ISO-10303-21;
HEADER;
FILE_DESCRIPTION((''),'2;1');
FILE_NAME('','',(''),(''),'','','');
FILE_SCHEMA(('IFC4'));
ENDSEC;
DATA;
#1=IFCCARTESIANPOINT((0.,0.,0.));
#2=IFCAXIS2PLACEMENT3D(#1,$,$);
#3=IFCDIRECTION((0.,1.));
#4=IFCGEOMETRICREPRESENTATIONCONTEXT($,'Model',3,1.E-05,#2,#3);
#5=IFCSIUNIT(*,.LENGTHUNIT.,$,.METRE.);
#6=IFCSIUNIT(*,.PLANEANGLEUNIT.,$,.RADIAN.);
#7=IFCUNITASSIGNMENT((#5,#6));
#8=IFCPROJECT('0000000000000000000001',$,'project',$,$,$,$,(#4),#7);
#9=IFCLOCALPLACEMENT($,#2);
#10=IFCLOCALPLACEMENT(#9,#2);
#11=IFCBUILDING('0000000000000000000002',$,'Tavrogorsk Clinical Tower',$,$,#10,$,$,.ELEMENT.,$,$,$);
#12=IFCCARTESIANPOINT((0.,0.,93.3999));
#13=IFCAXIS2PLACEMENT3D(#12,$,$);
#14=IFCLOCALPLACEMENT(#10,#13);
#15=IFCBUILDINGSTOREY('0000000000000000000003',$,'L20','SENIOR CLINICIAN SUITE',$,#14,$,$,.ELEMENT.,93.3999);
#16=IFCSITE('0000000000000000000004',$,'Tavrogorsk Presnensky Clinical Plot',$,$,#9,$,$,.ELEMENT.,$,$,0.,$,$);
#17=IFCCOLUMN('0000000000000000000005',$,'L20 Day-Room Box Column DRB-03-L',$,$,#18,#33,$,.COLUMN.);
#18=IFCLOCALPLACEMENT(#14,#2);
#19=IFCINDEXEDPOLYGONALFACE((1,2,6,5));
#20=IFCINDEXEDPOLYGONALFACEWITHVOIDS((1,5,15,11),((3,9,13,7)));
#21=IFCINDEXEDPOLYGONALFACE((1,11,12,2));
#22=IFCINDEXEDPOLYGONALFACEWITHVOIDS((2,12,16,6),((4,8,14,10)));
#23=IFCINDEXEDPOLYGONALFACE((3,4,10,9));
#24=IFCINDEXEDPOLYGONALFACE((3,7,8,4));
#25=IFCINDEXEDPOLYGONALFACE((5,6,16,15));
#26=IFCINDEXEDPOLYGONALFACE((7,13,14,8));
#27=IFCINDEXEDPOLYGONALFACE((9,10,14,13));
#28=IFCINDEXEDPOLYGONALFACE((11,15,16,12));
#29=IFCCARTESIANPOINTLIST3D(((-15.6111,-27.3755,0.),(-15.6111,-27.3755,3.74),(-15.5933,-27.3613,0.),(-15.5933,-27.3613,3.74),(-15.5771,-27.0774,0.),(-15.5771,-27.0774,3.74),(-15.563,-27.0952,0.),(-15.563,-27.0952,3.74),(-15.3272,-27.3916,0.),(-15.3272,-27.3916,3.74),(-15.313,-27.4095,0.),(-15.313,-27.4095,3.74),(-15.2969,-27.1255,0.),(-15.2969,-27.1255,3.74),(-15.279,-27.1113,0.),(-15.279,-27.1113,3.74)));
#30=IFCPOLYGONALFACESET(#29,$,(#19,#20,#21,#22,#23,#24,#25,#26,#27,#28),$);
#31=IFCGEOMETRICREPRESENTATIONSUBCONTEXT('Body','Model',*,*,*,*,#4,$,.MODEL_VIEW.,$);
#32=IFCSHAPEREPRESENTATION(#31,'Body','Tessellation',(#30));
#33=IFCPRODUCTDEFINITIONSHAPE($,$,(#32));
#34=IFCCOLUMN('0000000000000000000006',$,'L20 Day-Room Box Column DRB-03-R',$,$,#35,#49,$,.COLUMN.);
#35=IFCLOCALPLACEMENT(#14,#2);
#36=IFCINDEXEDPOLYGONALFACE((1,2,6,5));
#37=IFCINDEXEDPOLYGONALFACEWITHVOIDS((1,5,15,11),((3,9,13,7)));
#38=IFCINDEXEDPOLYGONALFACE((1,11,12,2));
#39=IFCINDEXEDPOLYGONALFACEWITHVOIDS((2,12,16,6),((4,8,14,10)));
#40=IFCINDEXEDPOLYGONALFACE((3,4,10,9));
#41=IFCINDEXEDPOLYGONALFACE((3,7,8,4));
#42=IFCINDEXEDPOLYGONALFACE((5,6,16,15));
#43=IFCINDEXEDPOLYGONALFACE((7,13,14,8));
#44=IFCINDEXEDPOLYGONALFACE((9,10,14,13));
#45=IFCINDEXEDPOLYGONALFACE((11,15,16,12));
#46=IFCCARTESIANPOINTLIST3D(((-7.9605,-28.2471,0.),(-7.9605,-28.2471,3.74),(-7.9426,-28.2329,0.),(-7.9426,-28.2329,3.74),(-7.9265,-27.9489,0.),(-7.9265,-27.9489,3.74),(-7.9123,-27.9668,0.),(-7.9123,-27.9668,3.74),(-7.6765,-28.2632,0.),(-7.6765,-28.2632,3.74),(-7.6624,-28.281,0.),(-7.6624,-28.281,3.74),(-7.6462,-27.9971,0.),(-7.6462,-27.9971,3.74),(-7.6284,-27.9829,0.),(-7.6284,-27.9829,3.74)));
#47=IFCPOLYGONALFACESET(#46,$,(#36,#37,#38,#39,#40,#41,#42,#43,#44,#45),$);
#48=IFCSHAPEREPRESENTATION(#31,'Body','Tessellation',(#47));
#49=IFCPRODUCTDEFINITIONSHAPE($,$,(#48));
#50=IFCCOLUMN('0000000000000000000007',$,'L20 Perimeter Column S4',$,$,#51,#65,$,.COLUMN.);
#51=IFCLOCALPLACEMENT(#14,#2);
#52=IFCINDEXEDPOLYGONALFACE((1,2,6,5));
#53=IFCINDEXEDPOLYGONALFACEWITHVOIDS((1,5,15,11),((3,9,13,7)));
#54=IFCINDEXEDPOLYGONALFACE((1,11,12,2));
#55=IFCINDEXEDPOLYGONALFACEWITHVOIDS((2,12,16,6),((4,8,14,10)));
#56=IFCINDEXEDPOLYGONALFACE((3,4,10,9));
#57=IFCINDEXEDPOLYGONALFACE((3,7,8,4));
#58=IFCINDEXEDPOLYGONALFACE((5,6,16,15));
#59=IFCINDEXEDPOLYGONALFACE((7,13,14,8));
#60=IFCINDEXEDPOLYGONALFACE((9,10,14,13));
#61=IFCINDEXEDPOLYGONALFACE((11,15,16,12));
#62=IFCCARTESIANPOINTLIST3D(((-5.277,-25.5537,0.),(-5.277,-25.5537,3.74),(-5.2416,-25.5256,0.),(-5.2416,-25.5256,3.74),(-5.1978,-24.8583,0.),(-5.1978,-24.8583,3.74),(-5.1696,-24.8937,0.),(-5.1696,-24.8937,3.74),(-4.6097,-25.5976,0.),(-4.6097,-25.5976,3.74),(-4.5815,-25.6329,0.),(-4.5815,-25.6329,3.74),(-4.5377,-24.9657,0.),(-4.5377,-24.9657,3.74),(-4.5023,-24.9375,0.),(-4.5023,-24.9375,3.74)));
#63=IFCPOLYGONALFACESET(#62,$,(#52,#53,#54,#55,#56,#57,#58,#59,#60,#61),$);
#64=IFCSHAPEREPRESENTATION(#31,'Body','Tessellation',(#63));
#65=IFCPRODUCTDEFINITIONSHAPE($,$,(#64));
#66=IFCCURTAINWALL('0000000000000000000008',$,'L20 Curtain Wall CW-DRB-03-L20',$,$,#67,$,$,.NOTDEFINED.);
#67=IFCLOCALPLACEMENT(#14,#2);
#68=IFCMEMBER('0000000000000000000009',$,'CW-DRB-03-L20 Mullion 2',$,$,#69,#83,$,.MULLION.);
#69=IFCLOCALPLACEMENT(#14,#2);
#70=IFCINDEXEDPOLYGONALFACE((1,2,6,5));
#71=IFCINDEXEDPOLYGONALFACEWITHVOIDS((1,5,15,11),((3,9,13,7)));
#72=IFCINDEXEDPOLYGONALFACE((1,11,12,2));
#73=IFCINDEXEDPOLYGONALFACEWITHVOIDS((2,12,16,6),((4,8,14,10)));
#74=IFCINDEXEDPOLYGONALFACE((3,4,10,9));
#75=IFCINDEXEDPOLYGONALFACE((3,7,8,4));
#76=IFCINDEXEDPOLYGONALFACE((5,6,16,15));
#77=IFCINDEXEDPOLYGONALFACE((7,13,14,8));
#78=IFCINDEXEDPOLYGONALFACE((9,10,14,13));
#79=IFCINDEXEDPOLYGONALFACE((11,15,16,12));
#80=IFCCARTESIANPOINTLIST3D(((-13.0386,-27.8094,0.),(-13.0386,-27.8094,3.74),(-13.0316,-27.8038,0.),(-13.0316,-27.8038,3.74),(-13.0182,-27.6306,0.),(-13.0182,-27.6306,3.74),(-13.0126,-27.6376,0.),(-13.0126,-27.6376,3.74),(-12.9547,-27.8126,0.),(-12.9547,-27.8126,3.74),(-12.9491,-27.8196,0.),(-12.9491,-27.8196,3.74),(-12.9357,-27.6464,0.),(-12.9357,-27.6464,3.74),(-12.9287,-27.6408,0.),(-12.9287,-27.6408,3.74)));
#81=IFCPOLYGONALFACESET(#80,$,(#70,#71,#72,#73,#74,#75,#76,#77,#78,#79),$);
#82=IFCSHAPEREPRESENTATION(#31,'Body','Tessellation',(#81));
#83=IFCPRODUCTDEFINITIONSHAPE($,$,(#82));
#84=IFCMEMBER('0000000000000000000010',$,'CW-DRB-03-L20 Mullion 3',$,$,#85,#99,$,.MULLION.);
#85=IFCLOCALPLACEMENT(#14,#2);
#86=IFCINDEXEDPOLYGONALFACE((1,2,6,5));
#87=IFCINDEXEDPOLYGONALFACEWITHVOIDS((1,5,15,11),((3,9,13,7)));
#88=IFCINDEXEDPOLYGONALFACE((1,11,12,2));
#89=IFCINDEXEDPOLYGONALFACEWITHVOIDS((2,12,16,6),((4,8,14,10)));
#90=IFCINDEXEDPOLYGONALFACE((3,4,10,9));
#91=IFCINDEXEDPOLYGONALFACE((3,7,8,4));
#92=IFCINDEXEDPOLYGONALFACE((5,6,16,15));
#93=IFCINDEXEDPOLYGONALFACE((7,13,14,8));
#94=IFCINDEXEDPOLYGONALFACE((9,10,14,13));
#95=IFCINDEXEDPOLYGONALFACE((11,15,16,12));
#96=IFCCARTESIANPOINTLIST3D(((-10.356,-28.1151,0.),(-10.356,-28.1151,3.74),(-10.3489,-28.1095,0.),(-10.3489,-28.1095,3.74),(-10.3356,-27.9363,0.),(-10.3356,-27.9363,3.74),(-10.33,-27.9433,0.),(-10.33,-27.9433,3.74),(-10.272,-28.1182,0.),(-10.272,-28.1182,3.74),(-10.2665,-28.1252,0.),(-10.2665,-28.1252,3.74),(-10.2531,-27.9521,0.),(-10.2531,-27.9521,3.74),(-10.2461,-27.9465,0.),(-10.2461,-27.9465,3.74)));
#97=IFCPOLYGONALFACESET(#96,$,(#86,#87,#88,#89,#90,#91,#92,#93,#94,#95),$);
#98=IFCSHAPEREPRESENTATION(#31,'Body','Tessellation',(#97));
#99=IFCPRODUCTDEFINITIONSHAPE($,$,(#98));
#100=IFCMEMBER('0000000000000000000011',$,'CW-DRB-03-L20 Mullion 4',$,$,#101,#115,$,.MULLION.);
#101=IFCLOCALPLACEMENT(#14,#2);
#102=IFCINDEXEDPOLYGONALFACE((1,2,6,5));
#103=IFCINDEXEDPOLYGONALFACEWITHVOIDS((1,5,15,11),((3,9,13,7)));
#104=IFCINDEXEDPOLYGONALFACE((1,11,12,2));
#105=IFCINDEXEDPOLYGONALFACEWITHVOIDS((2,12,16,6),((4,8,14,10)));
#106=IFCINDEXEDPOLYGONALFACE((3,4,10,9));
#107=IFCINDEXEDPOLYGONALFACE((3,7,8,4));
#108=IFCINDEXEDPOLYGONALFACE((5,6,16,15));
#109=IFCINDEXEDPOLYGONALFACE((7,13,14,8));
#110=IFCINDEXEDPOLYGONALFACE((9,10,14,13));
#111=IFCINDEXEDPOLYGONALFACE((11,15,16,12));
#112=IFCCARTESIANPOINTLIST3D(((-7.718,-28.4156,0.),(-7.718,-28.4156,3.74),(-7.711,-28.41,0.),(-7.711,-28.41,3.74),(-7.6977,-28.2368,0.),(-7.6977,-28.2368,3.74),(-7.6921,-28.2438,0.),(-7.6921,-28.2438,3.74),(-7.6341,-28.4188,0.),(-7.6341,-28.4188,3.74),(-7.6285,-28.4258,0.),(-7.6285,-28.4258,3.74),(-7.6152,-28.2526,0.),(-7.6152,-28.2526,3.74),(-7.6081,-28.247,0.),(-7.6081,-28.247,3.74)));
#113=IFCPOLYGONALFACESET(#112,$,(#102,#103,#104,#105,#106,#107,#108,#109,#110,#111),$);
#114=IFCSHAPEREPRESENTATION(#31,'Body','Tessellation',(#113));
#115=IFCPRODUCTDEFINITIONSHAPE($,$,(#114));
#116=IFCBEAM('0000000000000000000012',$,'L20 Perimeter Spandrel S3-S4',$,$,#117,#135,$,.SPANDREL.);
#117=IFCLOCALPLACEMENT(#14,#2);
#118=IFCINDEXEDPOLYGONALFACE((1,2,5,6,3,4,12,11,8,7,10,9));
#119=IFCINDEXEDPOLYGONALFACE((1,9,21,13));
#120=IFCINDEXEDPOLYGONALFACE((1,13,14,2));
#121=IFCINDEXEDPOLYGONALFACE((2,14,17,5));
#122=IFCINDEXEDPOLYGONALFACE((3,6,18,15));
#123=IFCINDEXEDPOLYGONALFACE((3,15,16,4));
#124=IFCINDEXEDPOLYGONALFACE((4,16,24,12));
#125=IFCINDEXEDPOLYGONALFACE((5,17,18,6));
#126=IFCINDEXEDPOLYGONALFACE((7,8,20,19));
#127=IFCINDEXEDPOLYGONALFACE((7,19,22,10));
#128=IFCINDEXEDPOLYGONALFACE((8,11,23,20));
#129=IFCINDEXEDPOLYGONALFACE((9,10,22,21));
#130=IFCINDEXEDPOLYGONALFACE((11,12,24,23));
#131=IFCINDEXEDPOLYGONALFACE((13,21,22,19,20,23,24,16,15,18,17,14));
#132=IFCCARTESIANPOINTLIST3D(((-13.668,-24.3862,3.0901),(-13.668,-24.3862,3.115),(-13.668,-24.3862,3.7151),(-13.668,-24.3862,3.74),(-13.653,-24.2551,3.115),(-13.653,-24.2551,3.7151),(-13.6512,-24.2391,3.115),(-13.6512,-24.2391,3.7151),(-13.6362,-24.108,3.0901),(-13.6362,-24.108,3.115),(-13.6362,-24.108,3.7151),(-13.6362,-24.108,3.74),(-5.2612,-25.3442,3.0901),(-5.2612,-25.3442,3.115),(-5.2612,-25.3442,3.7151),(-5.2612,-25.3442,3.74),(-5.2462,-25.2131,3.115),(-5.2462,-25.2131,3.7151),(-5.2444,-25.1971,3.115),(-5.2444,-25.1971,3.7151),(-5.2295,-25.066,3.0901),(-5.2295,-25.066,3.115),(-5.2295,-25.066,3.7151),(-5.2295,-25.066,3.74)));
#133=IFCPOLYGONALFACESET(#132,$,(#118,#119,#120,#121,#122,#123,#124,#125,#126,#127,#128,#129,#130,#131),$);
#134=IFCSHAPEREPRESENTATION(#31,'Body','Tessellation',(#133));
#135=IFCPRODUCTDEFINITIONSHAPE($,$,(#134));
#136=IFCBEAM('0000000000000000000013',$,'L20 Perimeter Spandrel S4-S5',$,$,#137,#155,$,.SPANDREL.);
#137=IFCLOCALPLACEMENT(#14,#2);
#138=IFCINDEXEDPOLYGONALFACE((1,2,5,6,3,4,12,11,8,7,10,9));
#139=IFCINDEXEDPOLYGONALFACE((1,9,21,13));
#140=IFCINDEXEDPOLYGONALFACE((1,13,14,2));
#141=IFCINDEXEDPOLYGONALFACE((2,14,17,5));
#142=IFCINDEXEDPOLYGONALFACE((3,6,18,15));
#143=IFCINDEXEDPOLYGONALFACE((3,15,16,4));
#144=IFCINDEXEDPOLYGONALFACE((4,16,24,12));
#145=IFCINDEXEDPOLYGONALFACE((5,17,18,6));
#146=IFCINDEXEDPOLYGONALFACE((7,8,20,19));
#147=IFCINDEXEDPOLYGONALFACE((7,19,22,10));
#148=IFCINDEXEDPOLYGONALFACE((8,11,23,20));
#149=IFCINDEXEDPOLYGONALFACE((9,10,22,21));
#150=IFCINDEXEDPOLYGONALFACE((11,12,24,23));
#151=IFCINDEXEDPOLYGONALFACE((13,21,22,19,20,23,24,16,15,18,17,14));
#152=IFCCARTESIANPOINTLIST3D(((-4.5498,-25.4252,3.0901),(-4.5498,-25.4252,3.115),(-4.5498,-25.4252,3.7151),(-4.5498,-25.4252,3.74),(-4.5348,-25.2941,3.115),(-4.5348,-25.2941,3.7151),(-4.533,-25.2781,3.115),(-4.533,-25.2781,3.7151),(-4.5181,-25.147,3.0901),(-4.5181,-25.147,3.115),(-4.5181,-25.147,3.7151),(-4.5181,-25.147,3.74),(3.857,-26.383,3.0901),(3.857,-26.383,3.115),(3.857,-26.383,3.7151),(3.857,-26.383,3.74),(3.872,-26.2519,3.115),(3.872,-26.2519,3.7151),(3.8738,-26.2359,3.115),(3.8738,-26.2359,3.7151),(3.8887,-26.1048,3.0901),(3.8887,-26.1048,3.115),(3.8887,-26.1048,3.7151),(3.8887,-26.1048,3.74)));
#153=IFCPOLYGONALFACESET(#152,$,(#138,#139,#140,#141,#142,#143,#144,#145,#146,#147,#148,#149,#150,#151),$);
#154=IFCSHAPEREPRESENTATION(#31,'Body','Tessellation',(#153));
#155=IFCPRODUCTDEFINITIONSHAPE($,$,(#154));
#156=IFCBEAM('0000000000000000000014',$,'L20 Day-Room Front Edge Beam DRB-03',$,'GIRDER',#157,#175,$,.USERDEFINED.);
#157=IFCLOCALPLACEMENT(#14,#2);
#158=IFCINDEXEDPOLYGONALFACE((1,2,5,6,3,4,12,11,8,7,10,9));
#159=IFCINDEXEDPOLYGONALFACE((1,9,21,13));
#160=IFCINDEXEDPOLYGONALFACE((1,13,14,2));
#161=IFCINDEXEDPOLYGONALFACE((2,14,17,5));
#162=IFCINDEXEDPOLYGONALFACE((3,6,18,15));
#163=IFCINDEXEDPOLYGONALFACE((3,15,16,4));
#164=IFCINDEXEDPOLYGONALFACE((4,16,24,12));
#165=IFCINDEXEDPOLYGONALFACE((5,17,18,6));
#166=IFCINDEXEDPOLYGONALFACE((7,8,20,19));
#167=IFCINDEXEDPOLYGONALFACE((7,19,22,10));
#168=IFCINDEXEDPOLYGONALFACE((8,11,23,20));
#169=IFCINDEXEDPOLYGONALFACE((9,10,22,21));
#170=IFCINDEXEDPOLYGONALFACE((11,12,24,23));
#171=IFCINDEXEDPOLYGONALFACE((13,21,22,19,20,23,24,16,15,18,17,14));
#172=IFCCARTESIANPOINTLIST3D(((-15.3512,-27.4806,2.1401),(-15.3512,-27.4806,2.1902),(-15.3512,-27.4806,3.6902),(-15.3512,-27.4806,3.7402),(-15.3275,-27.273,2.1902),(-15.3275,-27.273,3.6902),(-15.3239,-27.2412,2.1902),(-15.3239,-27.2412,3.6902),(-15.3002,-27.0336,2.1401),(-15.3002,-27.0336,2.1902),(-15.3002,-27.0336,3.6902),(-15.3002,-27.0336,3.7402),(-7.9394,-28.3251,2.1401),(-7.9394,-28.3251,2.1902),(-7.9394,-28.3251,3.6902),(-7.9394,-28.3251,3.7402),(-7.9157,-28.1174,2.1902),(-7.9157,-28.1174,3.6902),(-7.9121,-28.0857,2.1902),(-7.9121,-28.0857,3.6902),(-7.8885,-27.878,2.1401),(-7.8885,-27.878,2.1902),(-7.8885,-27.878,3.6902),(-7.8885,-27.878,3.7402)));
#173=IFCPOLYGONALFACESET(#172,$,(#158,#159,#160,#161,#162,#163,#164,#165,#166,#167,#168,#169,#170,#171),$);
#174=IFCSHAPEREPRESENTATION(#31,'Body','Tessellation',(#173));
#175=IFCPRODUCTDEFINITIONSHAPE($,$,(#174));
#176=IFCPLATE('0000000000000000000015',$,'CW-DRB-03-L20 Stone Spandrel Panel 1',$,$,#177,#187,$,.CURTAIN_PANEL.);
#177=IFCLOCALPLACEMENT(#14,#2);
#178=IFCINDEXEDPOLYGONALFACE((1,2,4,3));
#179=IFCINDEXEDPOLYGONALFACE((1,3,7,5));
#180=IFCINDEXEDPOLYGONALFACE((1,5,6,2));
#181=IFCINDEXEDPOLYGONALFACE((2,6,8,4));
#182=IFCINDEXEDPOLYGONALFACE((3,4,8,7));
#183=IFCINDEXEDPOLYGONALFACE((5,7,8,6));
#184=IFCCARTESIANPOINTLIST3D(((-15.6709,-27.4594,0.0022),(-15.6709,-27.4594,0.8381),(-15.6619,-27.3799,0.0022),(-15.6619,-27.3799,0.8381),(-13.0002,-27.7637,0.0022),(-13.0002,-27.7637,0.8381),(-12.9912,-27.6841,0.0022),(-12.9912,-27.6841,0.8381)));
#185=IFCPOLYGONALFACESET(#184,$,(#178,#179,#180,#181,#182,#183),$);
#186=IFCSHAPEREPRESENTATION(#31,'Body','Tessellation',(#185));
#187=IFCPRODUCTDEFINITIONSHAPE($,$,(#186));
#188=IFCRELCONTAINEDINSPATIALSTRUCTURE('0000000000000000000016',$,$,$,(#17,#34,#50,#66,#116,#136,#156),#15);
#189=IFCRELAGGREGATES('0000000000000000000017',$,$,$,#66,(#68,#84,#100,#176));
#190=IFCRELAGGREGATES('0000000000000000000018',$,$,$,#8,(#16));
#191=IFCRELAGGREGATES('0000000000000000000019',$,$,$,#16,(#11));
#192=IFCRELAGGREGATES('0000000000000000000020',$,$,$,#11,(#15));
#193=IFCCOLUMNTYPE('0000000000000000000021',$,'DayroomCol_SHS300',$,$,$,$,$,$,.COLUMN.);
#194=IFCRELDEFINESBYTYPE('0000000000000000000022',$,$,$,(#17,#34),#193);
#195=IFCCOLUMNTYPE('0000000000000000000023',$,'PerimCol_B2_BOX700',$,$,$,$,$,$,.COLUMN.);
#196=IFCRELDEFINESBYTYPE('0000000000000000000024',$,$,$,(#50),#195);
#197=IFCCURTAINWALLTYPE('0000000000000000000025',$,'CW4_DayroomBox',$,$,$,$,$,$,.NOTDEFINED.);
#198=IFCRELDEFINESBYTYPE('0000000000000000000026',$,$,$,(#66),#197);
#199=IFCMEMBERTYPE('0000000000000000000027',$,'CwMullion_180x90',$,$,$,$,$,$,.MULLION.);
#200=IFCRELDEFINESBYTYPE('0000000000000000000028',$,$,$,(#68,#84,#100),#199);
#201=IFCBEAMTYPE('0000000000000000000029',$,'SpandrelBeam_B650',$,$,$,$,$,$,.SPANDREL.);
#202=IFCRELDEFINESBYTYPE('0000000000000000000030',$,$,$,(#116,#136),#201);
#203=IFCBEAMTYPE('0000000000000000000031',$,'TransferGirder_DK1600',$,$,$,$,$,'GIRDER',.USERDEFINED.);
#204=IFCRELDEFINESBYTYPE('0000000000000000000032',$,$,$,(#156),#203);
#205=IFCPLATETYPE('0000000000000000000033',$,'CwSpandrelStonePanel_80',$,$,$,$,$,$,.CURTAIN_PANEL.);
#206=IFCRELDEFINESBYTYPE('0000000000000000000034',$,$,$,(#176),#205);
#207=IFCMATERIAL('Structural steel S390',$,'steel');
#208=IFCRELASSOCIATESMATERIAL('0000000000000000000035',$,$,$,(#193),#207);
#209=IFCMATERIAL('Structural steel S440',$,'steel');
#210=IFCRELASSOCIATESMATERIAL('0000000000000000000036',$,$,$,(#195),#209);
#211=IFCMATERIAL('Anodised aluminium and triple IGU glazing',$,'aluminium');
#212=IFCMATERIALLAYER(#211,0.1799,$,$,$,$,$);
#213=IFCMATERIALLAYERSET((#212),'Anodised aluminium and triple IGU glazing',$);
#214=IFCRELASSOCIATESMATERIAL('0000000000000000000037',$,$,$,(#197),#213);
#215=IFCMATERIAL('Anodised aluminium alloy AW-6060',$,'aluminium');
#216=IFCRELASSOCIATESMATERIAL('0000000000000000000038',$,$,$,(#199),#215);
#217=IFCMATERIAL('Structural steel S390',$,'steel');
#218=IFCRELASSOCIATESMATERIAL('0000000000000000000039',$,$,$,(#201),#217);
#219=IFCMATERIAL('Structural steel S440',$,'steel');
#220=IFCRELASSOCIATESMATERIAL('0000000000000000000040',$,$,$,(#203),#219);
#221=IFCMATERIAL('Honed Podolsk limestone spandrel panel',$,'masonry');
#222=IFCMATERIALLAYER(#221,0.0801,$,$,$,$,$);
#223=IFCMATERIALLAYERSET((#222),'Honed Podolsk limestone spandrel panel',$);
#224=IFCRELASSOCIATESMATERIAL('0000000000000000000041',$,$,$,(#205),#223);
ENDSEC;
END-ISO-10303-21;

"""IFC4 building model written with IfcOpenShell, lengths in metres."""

from ifc_helpers import new_model, si_unit, direction, frame, origin, origin_2d, place, context, subcontext, project, spatial, rectangle, hollow_rectangle, i_section, extrude, material, layer, layer_set, material_profile, profile_set, type_object, element, aggregate, save


model = new_model("IFC4")

# Units and contexts
model_context = context("Model", 3, precision=1e-05, world=origin(), true_north=direction((0.0, 1.0)))
body_context = subcontext(model_context, "Body", "Model", "MODEL_VIEW")
ifc_project = project(units=[si_unit("LENGTHUNIT", "METRE"), si_unit("PLANEANGLEUNIT", "RADIAN")], contexts=[model_context])

# Site, building, storey
site_placement = place(None, origin())
site = spatial("IfcSite", under=ifc_project, at=site_placement, Name="Tavrogorsk Presnensky Clinical Plot", CompositionType="ELEMENT", RefElevation=0.0)
building_placement = place(site_placement, origin())
building = spatial("IfcBuilding", under=site, at=building_placement, Name="Tavrogorsk Clinical Tower", CompositionType="ELEMENT")
storey_placement = place(building_placement, frame((0.0, 0.0, 93.3999)))
storey = spatial("IfcBuildingStorey", under=building, at=storey_placement, Name="L20", Description="SENIOR CLINICIAN SUITE", CompositionType="ELEMENT", Elevation=93.3999)

# Columns
ifc_material_1 = material(Name="Structural steel S390", Category="steel")
ifc_material_profile_1 = material_profile(ifc_material_1, hollow_rectangle(XDim=0.3, YDim=0.3, WallThickness=0.0161, at=origin_2d()), Name="SHS-300x300x16")
ifc_profile_set_1 = profile_set([ifc_material_profile_1], Name="Structural steel S390")
column_type_1 = type_object("IfcColumnType", Name="DayroomCol_SHS300", PredefinedType="COLUMN", material=ifc_profile_set_1)
for number, where, z_axis, x_axis, name in (
    (1, (-15.4451, -27.2434, 0.0), (0.0, 0.0, 1.0), (0.993572, -0.113203, 0.0), "L20 Day-Room Box Column DRB-03-L"),
    (2, (-7.7944, -28.115, 0.0), (0.0, 0.0, 1.0), (0.993572, -0.113203, 0.0), "L20 Day-Room Box Column DRB-03-R"),
):
    element("IfcColumn", number, at=place(storey_placement, frame(where, z_axis=z_axis, x_axis=x_axis)), inside=storey, type_object=column_type_1, Name=name, PredefinedType="COLUMN", context=body_context, shape_type="SweptSolid", body=[
        extrude(hollow_rectangle(XDim=0.3, YDim=0.3, WallThickness=0.0161, at=origin_2d()), origin(), (0.0, 0.0, 1.0), 3.74),
    ])
ifc_material_2 = material(Name="Structural steel S440", Category="steel")
ifc_material_profile_2 = material_profile(ifc_material_2, hollow_rectangle(XDim=0.7, YDim=0.7, WallThickness=0.032, at=origin_2d()), Name="BOX-700x700x32")
ifc_profile_set_2 = profile_set([ifc_material_profile_2], Name="Structural steel S440")
column_type_2 = type_object("IfcColumnType", Name="PerimCol_B2_BOX700", PredefinedType="COLUMN", material=ifc_profile_set_2)
column_placement = place(storey_placement, frame((-4.8896, -25.2456, 0.0), z_axis=(0.0, 0.0, 1.0), x_axis=(0.993572, -0.113203, 0.0)))
element("IfcColumn", 3, at=column_placement, inside=storey, type_object=column_type_2, Name="L20 Perimeter Column S4", PredefinedType="COLUMN", context=body_context, shape_type="SweptSolid", body=[
    extrude(hollow_rectangle(XDim=0.7, YDim=0.7, WallThickness=0.032, at=origin_2d()), origin(), (0.0, 0.0, 1.0), 3.74),
])

# Curtain wall, members
ifc_material_3 = material(Name="Anodised aluminium and triple IGU glazing", Category="aluminium")
ifc_layer_1 = layer(ifc_material_3, 0.1799)
ifc_layer_set_1 = layer_set([ifc_layer_1], Name="Anodised aluminium and triple IGU glazing")
curtain_wall_type = type_object("IfcCurtainWallType", Name="CW4_DayroomBox", PredefinedType="NOTDEFINED", material=ifc_layer_set_1)
curtain_wall_placement = place(storey_placement, origin())
curtain_wall = element("IfcCurtainWall", 4, at=curtain_wall_placement, inside=storey, type_object=curtain_wall_type, Name="L20 Curtain Wall CW-DRB-03-L20", PredefinedType="NOTDEFINED")
ifc_material_4 = material(Name="Anodised aluminium alloy AW-6060", Category="aluminium")
ifc_material_profile_3 = material_profile(ifc_material_4, hollow_rectangle(XDim=0.0901, YDim=0.1799, WallThickness=0.0063, at=origin_2d()), Name="RHS-180x90x6.3")
ifc_profile_set_3 = profile_set([ifc_material_profile_3], Name="Anodised aluminium alloy AW-6060")
member_type = type_object("IfcMemberType", Name="CwMullion_180x90", PredefinedType="MULLION", material=ifc_profile_set_3)
member_1_placement = place(storey_placement, frame((-12.9836, -27.7251, 0.0), z_axis=(0.0, 0.0, 1.0), x_axis=(0.993572, -0.113203, 0.0)))
member_1 = element("IfcMember", 5, at=member_1_placement, type_object=member_type, Name="CW-DRB-03-L20 Mullion 2", PredefinedType="MULLION", context=body_context, shape_type="SweptSolid", body=[
    extrude(hollow_rectangle(XDim=0.0901, YDim=0.1799, WallThickness=0.0063, at=origin_2d()), origin(), (0.0, 0.0, 1.0), 3.74),
])
member_2_placement = place(storey_placement, frame((-10.301, -28.0308, 0.0), z_axis=(0.0, 0.0, 1.0), x_axis=(0.993572, -0.113203, 0.0)))
member_2 = element("IfcMember", 6, at=member_2_placement, type_object=member_type, Name="CW-DRB-03-L20 Mullion 3", PredefinedType="MULLION", context=body_context, shape_type="SweptSolid", body=[
    extrude(hollow_rectangle(XDim=0.0901, YDim=0.1799, WallThickness=0.0063, at=origin_2d()), origin(), (0.0, 0.0, 1.0), 3.74),
])
member_3_placement = place(storey_placement, frame((-7.6631, -28.3313, 0.0), z_axis=(0.0, 0.0, 1.0), x_axis=(0.993572, -0.113203, 0.0)))
member_3 = element("IfcMember", 7, at=member_3_placement, type_object=member_type, Name="CW-DRB-03-L20 Mullion 4", PredefinedType="MULLION", context=body_context, shape_type="SweptSolid", body=[
    extrude(hollow_rectangle(XDim=0.0901, YDim=0.1799, WallThickness=0.0063, at=origin_2d()), origin(), (0.0, 0.0, 1.0), 3.74),
])

# Beams
ifc_material_5 = material(Name="Structural steel S390", Category="steel")
ifc_material_profile_4 = material_profile(ifc_material_5, i_section(OverallWidth=0.28, OverallDepth=0.6499, WebThickness=0.0161, FlangeThickness=0.0249, at=origin_2d()), Name="B-650x280x16x25")
ifc_profile_set_4 = profile_set([ifc_material_profile_4], Name="Structural steel S390")
beam_type_1 = type_object("IfcBeamType", Name="SpandrelBeam_B650", PredefinedType="SPANDREL", material=ifc_profile_set_4)
for number, where, z_axis, x_axis, name in (
    (8, (-13.6521, -24.2471, 3.415), (0.993569, -0.113224, 0.0), (0.113224, 0.993569, 0.0), "L20 Perimeter Spandrel S3-S4"),
    (9, (-4.5339, -25.2861, 3.415), (0.993573, -0.113196, 0.0), (0.113196, 0.993573, 0.0), "L20 Perimeter Spandrel S4-S5"),
):
    element("IfcBeam", number, at=place(storey_placement, frame(where, z_axis=z_axis, x_axis=x_axis)), inside=storey, type_object=beam_type_1, Name=name, PredefinedType="SPANDREL", context=body_context, shape_type="SweptSolid", body=[
        extrude(i_section(OverallWidth=0.28, OverallDepth=0.6499, WebThickness=0.0161, FlangeThickness=0.0249, at=origin_2d()), origin(), (0.0, 0.0, 1.0), 8.4612),
    ])
ifc_material_6 = material(Name="Structural steel S440", Category="steel")
ifc_material_profile_5 = material_profile(ifc_material_6, i_section(OverallWidth=0.45, OverallDepth=1.6001, WebThickness=0.032, FlangeThickness=0.05, at=origin_2d()), Name="DK-1600x450x32x50")
ifc_profile_set_5 = profile_set([ifc_material_profile_5], Name="Structural steel S440")
beam_type_2 = type_object("IfcBeamType", Name="TransferGirder_DK1600", ElementType="GIRDER", PredefinedType="USERDEFINED", material=ifc_profile_set_5)
beam_placement = place(storey_placement, frame((-15.3257, -27.2571, 2.9402), z_axis=(0.993572, -0.113204, 0.0), x_axis=(0.113204, 0.993572, 0.0)))
element("IfcBeam", 10, at=beam_placement, inside=storey, type_object=beam_type_2, Name="L20 Day-Room Front Edge Beam DRB-03", ObjectType="GIRDER", PredefinedType="USERDEFINED", context=body_context, shape_type="SweptSolid", body=[
    extrude(i_section(OverallWidth=0.45, OverallDepth=1.6001, WebThickness=0.032, FlangeThickness=0.05, at=origin_2d()), origin(), (0.0, 0.0, 1.0), 7.4597),
])

# Plate
ifc_material_7 = material(Name="Honed Podolsk limestone spandrel panel", Category="masonry")
ifc_layer_2 = layer(ifc_material_7, 0.0801)
ifc_layer_set_2 = layer_set([ifc_layer_2], Name="Honed Podolsk limestone spandrel panel")
plate_type_1 = type_object("IfcPlateType", Name="CwSpandrelStonePanel_80", PredefinedType="CURTAIN_PANEL", material=ifc_layer_set_2)
plate_1_placement = place(storey_placement, frame((-14.3311, -27.5718, 0.0022), z_axis=(0.0, 0.0, 1.0), x_axis=(0.993572, -0.113203, 0.0)))
plate_1 = element("IfcPlate", 11, at=plate_1_placement, type_object=plate_type_1, Name="CW-DRB-03-L20 Stone Spandrel Panel 1", PredefinedType="CURTAIN_PANEL", context=body_context, shape_type="SweptSolid", body=[
    extrude(rectangle(XDim=2.688, YDim=0.0801, at=origin_2d()), origin(), (0.0, 0.0, 1.0), 0.8359),
])
aggregate(curtain_wall, [member_1, member_2, member_3, plate_1])

save(model, "model.ifc")
